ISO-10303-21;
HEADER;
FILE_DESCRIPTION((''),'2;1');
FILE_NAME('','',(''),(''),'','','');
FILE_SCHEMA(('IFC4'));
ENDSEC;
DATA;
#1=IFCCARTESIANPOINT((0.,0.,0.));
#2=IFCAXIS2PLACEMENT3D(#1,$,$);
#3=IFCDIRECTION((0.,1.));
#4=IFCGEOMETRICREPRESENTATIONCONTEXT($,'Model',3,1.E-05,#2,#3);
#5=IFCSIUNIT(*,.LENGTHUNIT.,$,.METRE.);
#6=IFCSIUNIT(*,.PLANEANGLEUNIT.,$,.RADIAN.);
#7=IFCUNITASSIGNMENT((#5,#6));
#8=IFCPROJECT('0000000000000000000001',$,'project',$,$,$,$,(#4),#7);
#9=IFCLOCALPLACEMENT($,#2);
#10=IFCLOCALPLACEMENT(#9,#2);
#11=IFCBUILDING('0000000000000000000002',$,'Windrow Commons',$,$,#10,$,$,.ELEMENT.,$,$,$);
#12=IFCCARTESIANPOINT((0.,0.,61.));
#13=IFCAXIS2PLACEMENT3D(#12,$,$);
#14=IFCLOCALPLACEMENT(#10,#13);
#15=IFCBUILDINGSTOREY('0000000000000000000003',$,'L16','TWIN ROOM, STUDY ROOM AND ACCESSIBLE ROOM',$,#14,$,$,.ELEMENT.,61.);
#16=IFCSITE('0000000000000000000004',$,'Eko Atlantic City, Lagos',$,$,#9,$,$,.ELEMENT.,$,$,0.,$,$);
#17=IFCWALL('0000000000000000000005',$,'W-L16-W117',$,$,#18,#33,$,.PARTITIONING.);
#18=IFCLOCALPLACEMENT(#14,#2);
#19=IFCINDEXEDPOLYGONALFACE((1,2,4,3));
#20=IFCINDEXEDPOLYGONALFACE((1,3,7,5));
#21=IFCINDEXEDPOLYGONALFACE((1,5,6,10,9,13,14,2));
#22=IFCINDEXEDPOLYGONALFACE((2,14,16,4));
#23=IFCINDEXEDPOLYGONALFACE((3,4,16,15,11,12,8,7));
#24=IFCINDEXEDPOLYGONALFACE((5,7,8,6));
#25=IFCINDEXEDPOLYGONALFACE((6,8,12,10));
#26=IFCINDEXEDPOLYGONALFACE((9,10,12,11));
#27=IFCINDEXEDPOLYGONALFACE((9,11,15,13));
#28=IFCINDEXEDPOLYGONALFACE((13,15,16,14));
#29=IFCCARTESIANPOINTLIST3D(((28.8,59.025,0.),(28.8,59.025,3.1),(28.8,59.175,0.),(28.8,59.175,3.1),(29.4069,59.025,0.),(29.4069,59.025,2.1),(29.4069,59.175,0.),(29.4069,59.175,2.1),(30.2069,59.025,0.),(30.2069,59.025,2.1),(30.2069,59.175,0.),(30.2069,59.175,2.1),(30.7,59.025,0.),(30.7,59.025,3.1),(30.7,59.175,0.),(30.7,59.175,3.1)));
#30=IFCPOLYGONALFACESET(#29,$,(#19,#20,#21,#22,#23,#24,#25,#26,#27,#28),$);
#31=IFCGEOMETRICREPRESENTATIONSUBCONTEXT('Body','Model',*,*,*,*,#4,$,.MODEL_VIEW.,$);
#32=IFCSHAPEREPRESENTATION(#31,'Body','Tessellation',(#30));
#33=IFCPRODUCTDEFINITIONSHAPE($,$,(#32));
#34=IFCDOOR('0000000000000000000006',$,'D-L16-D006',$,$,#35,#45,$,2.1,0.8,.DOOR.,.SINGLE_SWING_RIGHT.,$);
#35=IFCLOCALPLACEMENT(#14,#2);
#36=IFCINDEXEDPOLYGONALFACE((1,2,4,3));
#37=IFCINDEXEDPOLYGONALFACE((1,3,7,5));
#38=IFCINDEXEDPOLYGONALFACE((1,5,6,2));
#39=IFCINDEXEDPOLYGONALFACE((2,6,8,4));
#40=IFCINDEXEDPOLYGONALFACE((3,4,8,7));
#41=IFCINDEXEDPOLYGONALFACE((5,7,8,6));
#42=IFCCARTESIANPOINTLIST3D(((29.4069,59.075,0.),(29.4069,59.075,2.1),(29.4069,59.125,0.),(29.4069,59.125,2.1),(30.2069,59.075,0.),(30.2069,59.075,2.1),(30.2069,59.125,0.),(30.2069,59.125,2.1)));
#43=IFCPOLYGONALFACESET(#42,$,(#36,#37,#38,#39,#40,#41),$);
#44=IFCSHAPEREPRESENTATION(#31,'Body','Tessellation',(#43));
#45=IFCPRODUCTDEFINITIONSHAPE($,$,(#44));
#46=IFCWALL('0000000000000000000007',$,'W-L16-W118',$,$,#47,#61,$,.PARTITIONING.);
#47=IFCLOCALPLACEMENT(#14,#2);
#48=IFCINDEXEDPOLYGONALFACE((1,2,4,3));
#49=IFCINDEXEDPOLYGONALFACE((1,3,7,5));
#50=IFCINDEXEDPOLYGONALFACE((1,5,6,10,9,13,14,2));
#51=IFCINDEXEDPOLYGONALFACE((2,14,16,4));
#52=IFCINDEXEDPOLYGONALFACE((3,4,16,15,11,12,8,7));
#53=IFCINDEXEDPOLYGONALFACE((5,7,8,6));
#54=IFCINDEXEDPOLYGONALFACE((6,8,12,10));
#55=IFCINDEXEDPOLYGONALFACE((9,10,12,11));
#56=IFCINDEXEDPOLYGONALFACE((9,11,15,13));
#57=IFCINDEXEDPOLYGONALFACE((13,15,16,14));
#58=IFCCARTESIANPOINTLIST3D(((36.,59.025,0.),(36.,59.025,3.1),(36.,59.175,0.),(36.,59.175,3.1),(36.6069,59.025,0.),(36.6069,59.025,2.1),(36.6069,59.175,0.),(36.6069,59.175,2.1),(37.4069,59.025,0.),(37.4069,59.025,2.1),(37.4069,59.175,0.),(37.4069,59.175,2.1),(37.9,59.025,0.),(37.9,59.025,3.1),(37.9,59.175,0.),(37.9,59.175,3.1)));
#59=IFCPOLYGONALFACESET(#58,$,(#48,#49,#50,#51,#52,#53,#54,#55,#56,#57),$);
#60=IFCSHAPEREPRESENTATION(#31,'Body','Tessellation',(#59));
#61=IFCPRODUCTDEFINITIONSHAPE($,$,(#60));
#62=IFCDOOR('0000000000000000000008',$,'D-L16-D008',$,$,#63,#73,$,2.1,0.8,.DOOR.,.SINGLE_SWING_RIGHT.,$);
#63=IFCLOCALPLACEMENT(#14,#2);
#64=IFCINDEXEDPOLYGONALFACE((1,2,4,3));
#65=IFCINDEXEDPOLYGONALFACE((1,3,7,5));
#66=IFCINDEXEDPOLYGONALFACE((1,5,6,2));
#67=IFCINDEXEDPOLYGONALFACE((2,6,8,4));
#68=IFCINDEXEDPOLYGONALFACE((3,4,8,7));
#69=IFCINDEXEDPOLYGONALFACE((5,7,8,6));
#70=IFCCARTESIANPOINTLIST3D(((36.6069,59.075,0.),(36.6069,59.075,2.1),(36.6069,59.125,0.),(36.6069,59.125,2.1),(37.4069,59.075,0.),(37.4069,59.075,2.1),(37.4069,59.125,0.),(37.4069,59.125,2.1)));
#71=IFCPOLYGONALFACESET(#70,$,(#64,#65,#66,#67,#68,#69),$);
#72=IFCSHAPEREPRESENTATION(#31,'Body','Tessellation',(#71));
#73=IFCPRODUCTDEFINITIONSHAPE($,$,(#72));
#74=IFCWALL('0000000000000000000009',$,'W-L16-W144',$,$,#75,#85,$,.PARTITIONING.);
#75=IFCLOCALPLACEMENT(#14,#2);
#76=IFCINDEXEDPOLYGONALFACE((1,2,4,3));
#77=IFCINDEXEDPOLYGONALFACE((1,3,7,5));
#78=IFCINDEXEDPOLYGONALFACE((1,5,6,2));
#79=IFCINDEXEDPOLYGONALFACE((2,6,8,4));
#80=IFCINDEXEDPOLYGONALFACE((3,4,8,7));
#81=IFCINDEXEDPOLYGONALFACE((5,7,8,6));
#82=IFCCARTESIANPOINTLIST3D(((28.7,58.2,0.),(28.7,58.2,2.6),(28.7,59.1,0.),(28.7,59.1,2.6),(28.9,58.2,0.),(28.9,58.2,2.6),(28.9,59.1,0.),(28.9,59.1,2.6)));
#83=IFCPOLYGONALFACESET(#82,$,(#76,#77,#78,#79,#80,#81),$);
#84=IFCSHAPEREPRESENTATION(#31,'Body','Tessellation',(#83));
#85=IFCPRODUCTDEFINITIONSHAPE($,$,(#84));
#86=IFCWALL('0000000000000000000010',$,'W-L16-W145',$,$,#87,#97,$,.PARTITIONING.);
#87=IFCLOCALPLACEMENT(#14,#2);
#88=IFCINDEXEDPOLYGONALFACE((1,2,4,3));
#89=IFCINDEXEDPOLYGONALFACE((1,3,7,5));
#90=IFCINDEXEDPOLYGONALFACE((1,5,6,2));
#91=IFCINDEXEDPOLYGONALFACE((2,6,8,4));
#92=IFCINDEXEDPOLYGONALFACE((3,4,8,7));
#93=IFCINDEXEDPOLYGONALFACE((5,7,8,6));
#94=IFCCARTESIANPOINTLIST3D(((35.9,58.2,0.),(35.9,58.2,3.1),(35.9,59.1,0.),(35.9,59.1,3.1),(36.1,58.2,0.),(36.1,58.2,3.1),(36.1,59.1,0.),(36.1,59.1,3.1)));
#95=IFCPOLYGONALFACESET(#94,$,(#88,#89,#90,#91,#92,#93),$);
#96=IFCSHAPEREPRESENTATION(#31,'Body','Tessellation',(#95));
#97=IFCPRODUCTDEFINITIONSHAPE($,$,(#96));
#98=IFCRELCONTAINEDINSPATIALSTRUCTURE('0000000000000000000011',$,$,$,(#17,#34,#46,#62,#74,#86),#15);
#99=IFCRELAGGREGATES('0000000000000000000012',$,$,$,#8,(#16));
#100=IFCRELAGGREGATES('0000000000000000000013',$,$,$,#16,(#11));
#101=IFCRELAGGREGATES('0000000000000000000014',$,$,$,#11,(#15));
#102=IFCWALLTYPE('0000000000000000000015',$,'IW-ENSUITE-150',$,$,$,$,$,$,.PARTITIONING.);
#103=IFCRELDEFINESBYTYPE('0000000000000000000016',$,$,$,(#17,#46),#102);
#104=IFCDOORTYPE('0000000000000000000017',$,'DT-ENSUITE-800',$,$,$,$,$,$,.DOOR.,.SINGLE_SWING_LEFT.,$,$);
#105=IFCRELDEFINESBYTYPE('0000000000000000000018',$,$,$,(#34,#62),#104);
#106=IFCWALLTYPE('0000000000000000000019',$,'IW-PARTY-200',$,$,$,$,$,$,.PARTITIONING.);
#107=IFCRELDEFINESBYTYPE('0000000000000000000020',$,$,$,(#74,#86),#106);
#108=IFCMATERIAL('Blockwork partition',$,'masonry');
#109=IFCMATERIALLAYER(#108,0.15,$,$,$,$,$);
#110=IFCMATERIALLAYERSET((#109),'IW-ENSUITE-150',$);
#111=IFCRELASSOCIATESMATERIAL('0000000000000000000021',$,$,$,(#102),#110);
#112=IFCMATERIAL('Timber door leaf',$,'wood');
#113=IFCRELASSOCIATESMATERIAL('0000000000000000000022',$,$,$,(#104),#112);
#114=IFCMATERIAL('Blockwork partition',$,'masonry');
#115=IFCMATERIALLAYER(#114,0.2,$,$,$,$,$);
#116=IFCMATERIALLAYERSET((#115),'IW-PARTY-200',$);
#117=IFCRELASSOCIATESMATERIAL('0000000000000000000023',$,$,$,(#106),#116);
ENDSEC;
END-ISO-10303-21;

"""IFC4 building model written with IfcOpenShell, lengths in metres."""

from ifc_helpers import new_model, si_unit, direction, frame, frame_2d, origin, place, context, subcontext, project, spatial, rectangle, extrude, material, layer, layer_set, type_object, element, fill, save


model = new_model("IFC4")

# Units and contexts
model_context = context("Model", 3, precision=1e-05, world=origin(), true_north=direction((0.0, 1.0)))
body_context = subcontext(model_context, "Body", "Model", "MODEL_VIEW")
ifc_project = project(units=[si_unit("LENGTHUNIT", "METRE"), si_unit("PLANEANGLEUNIT", "RADIAN")], contexts=[model_context])

# Site, building, storey
site_placement = place(None, origin())
site = spatial("IfcSite", under=ifc_project, at=site_placement, Name="Eko Atlantic City, Lagos", CompositionType="ELEMENT", RefElevation=0.0)
building_placement = place(site_placement, origin())
building = spatial("IfcBuilding", under=site, at=building_placement, Name="Windrow Commons", CompositionType="ELEMENT")
storey_placement = place(building_placement, frame((0.0, 0.0, 61.0)))
storey = spatial("IfcBuildingStorey", under=building, at=storey_placement, Name="L16", Description="TWIN ROOM, STUDY ROOM AND ACCESSIBLE ROOM", CompositionType="ELEMENT", Elevation=61.0)

# Shared definitions
ifc_material_1 = material(Name="Blockwork partition", Category="masonry")
ifc_layer_1 = layer(ifc_material_1, 0.15)
ifc_layer_set_1 = layer_set([ifc_layer_1], Name="IW-ENSUITE-150")
wall_type_1 = type_object("IfcWallType", Name="IW-ENSUITE-150", PredefinedType="PARTITIONING", material=ifc_layer_set_1)

# Walls, openings, doors
wall_1_placement = place(storey_placement, frame((28.8, 59.1, 0.0), z_axis=(0.0, 0.0, 1.0), x_axis=(1.0, 0.0, 0.0)))
wall_1 = element("IfcWall", 1, at=wall_1_placement, inside=storey, type_object=wall_type_1, Name="W-L16-W117", PredefinedType="PARTITIONING", context=body_context, shape_type="SweptSolid", body=[
    extrude(rectangle(XDim=1.9, YDim=0.15, at=frame_2d((0.95, 0.0))), origin(), (0.0, 0.0, 1.0), 3.1),
])
opening_1_placement = place(wall_1_placement, frame((0.6069, 0.0, 0.0)))
opening_1 = element("IfcOpeningElement", 2, at=opening_1_placement, cuts=wall_1, PredefinedType="OPENING", context=body_context, shape_type="SweptSolid", body=[
    extrude(rectangle(XDim=0.8, YDim=2.1, at=frame_2d((0.4, 1.05))), frame((0.0, 0.085, 0.0), z_axis=(0.0, -1.0, 0.0), x_axis=(1.0, 0.0, 0.0)), (0.0, 0.0, 1.0), 0.17),
])
ifc_material_2 = material(Name="Timber door leaf", Category="wood")
door_type_1 = type_object("IfcDoorType", Name="DT-ENSUITE-800", OperationType="SINGLE_SWING_LEFT", PredefinedType="DOOR", material=ifc_material_2)
door_1_placement = place(opening_1_placement, origin())
door_1 = element("IfcDoor", 3, at=door_1_placement, inside=storey, type_object=door_type_1, Name="D-L16-D006", OperationType="SINGLE_SWING_RIGHT", OverallHeight=2.1, OverallWidth=0.8, PredefinedType="DOOR", context=body_context, shape_type="SweptSolid", body=[
    extrude(rectangle(XDim=0.8, YDim=2.1, at=frame_2d((0.4, 1.05))), frame((0.0, 0.025, 0.0), z_axis=(0.0, -1.0, 0.0), x_axis=(1.0, 0.0, 0.0)), (0.0, 0.0, 1.0), 0.05),
])
fill(opening_1, door_1)
wall_2_placement = place(storey_placement, frame((36.0, 59.1, 0.0), z_axis=(0.0, 0.0, 1.0), x_axis=(1.0, 0.0, 0.0)))
wall_2 = element("IfcWall", 4, at=wall_2_placement, inside=storey, type_object=wall_type_1, Name="W-L16-W118", PredefinedType="PARTITIONING", context=body_context, shape_type="SweptSolid", body=[
    extrude(rectangle(XDim=1.9, YDim=0.15, at=frame_2d((0.95, 0.0))), origin(), (0.0, 0.0, 1.0), 3.1),
])
opening_2_placement = place(wall_2_placement, frame((0.6069, 0.0, 0.0)))
opening_2 = element("IfcOpeningElement", 5, at=opening_2_placement, cuts=wall_2, PredefinedType="OPENING", context=body_context, shape_type="SweptSolid", body=[
    extrude(rectangle(XDim=0.8, YDim=2.1, at=frame_2d((0.4, 1.05))), frame((0.0, 0.085, 0.0), z_axis=(0.0, -1.0, 0.0), x_axis=(1.0, 0.0, 0.0)), (0.0, 0.0, 1.0), 0.17),
])
door_2_placement = place(opening_2_placement, origin())
door_2 = element("IfcDoor", 6, at=door_2_placement, inside=storey, type_object=door_type_1, Name="D-L16-D008", OperationType="SINGLE_SWING_RIGHT", OverallHeight=2.1, OverallWidth=0.8, PredefinedType="DOOR", context=body_context, shape_type="SweptSolid", body=[
    extrude(rectangle(XDim=0.8, YDim=2.1, at=frame_2d((0.4, 1.05))), frame((0.0, 0.025, 0.0), z_axis=(0.0, -1.0, 0.0), x_axis=(1.0, 0.0, 0.0)), (0.0, 0.0, 1.0), 0.05),
])
fill(opening_2, door_2)

# Walls
ifc_material_3 = material(Name="Blockwork partition", Category="masonry")
ifc_layer_2 = layer(ifc_material_3, 0.2)
ifc_layer_set_2 = layer_set([ifc_layer_2], Name="IW-PARTY-200")
wall_type_2 = type_object("IfcWallType", Name="IW-PARTY-200", PredefinedType="PARTITIONING", material=ifc_layer_set_2)
wall_3_placement = place(storey_placement, frame((28.8, 58.2, 0.0), z_axis=(0.0, 0.0, 1.0), x_axis=(0.0, 1.0, 0.0)))
element("IfcWall", 7, at=wall_3_placement, inside=storey, type_object=wall_type_2, Name="W-L16-W144", PredefinedType="PARTITIONING", context=body_context, shape_type="SweptSolid", body=[
    extrude(rectangle(XDim=0.9, YDim=0.2, at=frame_2d((0.45, 0.0))), origin(), (0.0, 0.0, 1.0), 2.6),
])
wall_4_placement = place(storey_placement, frame((36.0, 58.2, 0.0), z_axis=(0.0, 0.0, 1.0), x_axis=(0.0, 1.0, 0.0)))
element("IfcWall", 8, at=wall_4_placement, inside=storey, type_object=wall_type_2, Name="W-L16-W145", PredefinedType="PARTITIONING", context=body_context, shape_type="SweptSolid", body=[
    extrude(rectangle(XDim=0.9, YDim=0.2, at=frame_2d((0.45, 0.0))), origin(), (0.0, 0.0, 1.0), 3.1),
])

save(model, "model.ifc")
